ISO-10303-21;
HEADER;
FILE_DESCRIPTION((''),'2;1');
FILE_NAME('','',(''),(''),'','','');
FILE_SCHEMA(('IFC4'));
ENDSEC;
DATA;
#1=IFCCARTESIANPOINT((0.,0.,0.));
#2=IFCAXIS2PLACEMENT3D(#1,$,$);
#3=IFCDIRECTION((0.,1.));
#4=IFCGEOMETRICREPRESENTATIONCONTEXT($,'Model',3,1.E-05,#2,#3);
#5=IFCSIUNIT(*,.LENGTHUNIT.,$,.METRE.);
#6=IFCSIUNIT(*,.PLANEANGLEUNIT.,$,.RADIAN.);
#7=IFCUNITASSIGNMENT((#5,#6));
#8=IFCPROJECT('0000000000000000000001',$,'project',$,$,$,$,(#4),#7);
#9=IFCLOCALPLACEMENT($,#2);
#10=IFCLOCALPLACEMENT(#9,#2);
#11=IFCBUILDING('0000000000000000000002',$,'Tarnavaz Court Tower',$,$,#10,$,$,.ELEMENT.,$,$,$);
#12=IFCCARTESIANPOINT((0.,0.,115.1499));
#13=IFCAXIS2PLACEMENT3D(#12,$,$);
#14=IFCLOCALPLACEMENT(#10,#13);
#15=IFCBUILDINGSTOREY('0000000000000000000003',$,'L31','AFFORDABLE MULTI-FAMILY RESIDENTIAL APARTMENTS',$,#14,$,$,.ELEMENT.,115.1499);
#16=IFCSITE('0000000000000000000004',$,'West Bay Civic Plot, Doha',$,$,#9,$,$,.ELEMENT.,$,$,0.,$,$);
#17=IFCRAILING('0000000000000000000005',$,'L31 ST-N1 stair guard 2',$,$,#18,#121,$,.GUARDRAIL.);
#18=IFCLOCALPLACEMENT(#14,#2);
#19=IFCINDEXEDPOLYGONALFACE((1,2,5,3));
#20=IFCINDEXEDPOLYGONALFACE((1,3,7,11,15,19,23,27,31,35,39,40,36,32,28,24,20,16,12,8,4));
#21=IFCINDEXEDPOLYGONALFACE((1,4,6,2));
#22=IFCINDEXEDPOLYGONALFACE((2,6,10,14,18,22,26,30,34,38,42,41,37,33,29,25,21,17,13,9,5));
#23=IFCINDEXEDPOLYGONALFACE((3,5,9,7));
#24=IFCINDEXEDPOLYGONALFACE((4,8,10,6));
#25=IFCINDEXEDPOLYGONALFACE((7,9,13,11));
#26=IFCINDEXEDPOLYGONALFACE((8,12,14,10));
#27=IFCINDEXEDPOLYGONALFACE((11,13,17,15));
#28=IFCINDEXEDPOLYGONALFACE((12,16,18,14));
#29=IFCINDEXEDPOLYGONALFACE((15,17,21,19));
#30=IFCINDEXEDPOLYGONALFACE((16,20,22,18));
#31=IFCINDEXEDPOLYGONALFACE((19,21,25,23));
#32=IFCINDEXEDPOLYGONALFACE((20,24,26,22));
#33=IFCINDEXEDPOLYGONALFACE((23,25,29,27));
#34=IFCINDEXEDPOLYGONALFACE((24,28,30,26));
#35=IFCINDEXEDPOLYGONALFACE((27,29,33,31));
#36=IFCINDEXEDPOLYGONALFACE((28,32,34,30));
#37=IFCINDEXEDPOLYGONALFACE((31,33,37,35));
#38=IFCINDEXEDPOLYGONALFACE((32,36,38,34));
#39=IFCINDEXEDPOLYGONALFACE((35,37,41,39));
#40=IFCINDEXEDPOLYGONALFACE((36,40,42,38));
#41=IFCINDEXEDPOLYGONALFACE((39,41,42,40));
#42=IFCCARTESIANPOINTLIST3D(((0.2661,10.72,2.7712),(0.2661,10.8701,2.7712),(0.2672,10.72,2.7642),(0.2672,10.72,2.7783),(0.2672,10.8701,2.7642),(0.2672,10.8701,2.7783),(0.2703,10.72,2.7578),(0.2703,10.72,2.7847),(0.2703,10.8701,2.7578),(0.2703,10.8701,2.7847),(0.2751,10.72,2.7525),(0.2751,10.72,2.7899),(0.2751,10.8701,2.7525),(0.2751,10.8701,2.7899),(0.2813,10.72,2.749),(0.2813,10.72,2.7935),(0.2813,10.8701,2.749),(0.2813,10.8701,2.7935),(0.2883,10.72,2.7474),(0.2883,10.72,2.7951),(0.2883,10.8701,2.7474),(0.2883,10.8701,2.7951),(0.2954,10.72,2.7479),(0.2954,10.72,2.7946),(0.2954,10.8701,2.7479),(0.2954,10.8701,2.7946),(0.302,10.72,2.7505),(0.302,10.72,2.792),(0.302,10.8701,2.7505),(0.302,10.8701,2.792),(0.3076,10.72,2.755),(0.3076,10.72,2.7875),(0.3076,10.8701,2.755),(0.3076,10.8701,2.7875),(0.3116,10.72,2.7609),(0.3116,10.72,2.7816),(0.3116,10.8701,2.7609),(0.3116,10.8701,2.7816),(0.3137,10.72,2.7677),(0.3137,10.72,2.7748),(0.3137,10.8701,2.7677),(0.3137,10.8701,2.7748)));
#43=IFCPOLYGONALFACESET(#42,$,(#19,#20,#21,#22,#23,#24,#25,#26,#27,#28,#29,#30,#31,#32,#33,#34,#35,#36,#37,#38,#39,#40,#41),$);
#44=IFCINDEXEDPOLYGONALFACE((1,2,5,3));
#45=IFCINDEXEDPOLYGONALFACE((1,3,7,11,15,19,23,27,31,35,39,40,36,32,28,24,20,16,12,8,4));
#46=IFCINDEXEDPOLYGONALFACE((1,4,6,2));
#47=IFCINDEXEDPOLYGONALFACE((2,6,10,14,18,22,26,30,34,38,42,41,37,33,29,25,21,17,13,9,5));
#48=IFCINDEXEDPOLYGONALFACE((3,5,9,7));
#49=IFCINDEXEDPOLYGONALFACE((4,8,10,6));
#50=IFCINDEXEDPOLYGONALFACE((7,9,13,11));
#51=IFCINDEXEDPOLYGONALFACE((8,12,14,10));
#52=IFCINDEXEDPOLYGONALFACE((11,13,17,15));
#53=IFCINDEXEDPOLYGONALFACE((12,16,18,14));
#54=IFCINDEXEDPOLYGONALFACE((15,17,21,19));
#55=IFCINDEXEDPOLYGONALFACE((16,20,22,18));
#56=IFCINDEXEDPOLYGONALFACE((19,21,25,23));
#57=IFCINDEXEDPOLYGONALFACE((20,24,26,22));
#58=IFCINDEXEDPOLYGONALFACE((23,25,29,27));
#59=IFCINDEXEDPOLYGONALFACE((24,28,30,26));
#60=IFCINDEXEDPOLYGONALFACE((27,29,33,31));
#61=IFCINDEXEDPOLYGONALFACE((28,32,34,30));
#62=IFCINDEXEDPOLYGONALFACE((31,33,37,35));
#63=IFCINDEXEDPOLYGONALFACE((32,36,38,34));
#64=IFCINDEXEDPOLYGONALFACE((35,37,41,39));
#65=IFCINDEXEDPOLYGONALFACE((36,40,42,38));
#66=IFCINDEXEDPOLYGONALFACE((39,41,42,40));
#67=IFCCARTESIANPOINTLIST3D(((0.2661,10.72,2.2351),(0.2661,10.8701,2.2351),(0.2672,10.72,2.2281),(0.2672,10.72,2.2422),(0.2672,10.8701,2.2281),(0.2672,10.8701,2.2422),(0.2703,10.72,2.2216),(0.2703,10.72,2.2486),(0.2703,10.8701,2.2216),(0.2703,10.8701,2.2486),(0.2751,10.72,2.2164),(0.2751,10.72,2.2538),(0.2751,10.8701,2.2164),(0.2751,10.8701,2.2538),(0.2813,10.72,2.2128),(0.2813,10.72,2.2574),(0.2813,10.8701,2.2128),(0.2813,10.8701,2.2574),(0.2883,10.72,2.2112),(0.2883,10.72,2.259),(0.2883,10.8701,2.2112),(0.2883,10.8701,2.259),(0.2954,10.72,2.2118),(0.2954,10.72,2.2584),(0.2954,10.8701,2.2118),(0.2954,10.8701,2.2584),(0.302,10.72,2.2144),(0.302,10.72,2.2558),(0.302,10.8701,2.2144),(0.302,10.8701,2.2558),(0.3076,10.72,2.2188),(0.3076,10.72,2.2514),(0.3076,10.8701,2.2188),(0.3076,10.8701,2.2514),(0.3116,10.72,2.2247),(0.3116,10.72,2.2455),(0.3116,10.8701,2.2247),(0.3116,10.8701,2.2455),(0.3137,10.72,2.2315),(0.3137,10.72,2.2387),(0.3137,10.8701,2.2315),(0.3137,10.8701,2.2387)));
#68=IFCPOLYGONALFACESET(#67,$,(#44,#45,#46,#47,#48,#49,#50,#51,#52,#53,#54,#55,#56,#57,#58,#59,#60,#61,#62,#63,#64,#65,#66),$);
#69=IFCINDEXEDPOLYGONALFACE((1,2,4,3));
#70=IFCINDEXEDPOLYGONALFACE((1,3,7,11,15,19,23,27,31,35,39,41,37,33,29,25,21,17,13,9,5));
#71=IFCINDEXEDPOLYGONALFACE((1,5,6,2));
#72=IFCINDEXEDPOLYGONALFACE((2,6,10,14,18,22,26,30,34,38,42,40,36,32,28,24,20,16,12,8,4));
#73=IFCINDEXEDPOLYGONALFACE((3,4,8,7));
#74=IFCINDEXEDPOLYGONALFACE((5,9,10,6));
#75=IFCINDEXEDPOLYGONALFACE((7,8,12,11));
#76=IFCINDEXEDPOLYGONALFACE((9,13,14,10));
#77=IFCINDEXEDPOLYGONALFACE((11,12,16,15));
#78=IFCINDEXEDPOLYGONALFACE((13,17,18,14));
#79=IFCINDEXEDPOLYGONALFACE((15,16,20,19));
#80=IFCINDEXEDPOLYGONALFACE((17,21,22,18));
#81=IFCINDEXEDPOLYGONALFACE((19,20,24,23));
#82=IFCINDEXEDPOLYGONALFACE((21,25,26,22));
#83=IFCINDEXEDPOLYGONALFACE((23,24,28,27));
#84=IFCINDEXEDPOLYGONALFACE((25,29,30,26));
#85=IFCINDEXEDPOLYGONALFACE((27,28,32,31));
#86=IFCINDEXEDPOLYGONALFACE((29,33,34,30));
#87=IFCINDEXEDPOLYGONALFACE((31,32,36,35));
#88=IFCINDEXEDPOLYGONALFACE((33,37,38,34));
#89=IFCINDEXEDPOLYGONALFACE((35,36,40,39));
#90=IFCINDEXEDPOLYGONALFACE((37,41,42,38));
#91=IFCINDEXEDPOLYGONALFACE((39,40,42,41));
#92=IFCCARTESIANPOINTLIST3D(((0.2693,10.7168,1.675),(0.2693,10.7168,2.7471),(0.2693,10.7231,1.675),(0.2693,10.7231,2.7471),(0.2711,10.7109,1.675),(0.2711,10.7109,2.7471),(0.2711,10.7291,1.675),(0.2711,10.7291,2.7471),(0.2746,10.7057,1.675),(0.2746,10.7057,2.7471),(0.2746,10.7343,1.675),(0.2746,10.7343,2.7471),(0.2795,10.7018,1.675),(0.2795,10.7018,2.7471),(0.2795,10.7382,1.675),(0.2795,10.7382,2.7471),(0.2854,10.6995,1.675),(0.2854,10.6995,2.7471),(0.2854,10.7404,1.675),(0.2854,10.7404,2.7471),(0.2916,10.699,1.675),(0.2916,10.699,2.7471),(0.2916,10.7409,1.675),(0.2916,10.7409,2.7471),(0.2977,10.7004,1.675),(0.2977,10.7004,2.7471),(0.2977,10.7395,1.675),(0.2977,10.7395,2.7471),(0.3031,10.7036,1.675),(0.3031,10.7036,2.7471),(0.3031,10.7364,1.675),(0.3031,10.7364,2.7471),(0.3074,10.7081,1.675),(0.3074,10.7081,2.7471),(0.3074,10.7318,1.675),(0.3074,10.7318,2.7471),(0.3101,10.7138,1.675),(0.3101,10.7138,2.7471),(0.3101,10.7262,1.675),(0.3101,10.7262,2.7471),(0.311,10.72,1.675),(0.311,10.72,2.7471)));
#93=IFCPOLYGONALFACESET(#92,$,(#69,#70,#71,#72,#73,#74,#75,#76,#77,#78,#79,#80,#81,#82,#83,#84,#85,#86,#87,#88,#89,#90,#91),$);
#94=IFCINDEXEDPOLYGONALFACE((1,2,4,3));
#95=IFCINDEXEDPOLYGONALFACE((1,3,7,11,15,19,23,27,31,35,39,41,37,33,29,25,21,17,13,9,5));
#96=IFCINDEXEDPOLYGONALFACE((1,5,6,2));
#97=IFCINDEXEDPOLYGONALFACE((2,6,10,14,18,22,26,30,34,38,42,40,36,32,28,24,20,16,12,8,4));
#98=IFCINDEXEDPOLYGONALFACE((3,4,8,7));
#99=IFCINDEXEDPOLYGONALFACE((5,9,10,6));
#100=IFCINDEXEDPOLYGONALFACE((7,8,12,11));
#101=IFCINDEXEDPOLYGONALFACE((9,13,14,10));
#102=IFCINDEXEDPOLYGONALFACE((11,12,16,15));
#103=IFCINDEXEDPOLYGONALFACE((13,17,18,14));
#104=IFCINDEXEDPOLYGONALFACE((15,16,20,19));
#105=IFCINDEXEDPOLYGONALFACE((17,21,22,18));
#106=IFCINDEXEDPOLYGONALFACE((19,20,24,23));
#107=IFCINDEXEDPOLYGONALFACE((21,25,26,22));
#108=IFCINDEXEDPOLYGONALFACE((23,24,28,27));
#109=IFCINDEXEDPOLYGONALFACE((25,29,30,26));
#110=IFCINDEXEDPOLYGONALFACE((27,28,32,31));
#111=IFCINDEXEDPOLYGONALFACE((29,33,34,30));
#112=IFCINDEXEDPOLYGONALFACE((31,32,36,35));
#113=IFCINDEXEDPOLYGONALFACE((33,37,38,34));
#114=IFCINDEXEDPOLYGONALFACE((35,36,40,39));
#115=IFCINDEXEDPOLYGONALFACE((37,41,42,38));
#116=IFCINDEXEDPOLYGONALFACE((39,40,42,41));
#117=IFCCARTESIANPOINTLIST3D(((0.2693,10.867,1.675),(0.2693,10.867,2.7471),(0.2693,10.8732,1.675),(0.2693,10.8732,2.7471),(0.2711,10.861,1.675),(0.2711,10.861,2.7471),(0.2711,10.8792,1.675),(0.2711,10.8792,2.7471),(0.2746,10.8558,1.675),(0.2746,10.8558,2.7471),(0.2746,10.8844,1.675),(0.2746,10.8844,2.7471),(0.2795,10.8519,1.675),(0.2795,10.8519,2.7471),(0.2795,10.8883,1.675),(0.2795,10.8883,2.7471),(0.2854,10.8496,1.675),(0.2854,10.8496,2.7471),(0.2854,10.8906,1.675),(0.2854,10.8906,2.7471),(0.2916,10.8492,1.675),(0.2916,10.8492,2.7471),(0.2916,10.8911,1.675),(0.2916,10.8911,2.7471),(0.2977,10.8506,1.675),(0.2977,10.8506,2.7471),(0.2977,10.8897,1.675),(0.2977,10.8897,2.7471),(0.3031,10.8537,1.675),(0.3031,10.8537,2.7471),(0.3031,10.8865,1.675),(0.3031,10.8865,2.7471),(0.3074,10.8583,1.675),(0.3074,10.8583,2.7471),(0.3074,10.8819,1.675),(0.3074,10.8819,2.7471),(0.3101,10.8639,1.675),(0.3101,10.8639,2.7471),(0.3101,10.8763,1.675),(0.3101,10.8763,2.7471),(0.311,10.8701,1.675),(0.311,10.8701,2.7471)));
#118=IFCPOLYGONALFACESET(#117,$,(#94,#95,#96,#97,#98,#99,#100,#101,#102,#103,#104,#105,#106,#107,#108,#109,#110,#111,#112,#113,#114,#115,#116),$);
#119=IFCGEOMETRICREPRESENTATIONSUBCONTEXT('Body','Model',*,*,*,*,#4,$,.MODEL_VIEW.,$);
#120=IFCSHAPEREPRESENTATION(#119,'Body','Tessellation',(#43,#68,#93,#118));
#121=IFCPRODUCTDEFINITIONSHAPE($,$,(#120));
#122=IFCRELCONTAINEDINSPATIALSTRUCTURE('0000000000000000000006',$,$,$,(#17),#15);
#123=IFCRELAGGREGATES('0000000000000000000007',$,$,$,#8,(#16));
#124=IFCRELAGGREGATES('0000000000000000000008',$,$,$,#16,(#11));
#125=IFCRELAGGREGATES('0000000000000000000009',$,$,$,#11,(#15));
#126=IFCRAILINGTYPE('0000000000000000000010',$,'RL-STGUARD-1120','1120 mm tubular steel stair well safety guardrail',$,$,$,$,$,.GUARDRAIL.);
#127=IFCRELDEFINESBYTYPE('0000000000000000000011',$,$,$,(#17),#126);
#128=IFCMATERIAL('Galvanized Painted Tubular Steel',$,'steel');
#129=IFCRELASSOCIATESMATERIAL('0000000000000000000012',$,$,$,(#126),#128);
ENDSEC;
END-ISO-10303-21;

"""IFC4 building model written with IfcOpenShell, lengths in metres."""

from ifc_helpers import new_model, si_unit, direction, frame, origin, origin_2d, place, context, subcontext, project, spatial, circle, extrude, material, type_object, element, save


model = new_model("IFC4")

# Units and contexts
model_context = context("Model", 3, precision=1e-05, world=origin(), true_north=direction((0.0, 1.0)))
body_context = subcontext(model_context, "Body", "Model", "MODEL_VIEW")
ifc_project = project(units=[si_unit("LENGTHUNIT", "METRE"), si_unit("PLANEANGLEUNIT", "RADIAN")], contexts=[model_context])

# Site, building, storey
site_placement = place(None, origin())
site = spatial("IfcSite", under=ifc_project, at=site_placement, Name="West Bay Civic Plot, Doha", CompositionType="ELEMENT", RefElevation=0.0)
building_placement = place(site_placement, origin())
building = spatial("IfcBuilding", under=site, at=building_placement, Name="Tarnavaz Court Tower", CompositionType="ELEMENT")
storey_placement = place(building_placement, frame((0.0, 0.0, 115.1499)))
storey = spatial("IfcBuildingStorey", under=building, at=storey_placement, Name="L31", Description="AFFORDABLE MULTI-FAMILY RESIDENTIAL APARTMENTS", CompositionType="ELEMENT", Elevation=115.1499)

# Railing
ifc_material_1 = material(Name="Galvanized Painted Tubular Steel", Category="steel")
railing_type_1 = type_object("IfcRailingType", Name="RL-STGUARD-1120", Description="1120 mm tubular steel stair well safety guardrail", PredefinedType="GUARDRAIL", material=ifc_material_1)
railing_1_placement = place(storey_placement, frame((0.29, 10.72, 1.675)))
element("IfcRailing", 1, at=railing_1_placement, inside=storey, type_object=railing_type_1, Name="L31 ST-N1 stair guard 2", PredefinedType="GUARDRAIL", context=body_context, shape_type="SweptSolid", body=[
    extrude(circle(Radius=0.0239, at=origin_2d()), frame((0.0, 0.0, 1.0962), z_axis=(0.0, 1.0, 0.0), x_axis=(-1.0, 0.0, 0.0)), (0.0, 0.0, 1.0), 0.1501),
    extrude(circle(Radius=0.0239, at=origin_2d()), frame((0.0, 0.0, 0.5601), z_axis=(0.0, 1.0, 0.0), x_axis=(-1.0, 0.0, 0.0)), (0.0, 0.0, 1.0), 0.1501),
    extrude(circle(Radius=0.021, at=origin_2d()), origin(), (0.0, 0.0, 1.0), 1.072),
    extrude(circle(Radius=0.021, at=origin_2d()), frame((0.0, 0.1501, 0.0)), (0.0, 0.0, 1.0), 1.072),
])

save(model, "model.ifc")
